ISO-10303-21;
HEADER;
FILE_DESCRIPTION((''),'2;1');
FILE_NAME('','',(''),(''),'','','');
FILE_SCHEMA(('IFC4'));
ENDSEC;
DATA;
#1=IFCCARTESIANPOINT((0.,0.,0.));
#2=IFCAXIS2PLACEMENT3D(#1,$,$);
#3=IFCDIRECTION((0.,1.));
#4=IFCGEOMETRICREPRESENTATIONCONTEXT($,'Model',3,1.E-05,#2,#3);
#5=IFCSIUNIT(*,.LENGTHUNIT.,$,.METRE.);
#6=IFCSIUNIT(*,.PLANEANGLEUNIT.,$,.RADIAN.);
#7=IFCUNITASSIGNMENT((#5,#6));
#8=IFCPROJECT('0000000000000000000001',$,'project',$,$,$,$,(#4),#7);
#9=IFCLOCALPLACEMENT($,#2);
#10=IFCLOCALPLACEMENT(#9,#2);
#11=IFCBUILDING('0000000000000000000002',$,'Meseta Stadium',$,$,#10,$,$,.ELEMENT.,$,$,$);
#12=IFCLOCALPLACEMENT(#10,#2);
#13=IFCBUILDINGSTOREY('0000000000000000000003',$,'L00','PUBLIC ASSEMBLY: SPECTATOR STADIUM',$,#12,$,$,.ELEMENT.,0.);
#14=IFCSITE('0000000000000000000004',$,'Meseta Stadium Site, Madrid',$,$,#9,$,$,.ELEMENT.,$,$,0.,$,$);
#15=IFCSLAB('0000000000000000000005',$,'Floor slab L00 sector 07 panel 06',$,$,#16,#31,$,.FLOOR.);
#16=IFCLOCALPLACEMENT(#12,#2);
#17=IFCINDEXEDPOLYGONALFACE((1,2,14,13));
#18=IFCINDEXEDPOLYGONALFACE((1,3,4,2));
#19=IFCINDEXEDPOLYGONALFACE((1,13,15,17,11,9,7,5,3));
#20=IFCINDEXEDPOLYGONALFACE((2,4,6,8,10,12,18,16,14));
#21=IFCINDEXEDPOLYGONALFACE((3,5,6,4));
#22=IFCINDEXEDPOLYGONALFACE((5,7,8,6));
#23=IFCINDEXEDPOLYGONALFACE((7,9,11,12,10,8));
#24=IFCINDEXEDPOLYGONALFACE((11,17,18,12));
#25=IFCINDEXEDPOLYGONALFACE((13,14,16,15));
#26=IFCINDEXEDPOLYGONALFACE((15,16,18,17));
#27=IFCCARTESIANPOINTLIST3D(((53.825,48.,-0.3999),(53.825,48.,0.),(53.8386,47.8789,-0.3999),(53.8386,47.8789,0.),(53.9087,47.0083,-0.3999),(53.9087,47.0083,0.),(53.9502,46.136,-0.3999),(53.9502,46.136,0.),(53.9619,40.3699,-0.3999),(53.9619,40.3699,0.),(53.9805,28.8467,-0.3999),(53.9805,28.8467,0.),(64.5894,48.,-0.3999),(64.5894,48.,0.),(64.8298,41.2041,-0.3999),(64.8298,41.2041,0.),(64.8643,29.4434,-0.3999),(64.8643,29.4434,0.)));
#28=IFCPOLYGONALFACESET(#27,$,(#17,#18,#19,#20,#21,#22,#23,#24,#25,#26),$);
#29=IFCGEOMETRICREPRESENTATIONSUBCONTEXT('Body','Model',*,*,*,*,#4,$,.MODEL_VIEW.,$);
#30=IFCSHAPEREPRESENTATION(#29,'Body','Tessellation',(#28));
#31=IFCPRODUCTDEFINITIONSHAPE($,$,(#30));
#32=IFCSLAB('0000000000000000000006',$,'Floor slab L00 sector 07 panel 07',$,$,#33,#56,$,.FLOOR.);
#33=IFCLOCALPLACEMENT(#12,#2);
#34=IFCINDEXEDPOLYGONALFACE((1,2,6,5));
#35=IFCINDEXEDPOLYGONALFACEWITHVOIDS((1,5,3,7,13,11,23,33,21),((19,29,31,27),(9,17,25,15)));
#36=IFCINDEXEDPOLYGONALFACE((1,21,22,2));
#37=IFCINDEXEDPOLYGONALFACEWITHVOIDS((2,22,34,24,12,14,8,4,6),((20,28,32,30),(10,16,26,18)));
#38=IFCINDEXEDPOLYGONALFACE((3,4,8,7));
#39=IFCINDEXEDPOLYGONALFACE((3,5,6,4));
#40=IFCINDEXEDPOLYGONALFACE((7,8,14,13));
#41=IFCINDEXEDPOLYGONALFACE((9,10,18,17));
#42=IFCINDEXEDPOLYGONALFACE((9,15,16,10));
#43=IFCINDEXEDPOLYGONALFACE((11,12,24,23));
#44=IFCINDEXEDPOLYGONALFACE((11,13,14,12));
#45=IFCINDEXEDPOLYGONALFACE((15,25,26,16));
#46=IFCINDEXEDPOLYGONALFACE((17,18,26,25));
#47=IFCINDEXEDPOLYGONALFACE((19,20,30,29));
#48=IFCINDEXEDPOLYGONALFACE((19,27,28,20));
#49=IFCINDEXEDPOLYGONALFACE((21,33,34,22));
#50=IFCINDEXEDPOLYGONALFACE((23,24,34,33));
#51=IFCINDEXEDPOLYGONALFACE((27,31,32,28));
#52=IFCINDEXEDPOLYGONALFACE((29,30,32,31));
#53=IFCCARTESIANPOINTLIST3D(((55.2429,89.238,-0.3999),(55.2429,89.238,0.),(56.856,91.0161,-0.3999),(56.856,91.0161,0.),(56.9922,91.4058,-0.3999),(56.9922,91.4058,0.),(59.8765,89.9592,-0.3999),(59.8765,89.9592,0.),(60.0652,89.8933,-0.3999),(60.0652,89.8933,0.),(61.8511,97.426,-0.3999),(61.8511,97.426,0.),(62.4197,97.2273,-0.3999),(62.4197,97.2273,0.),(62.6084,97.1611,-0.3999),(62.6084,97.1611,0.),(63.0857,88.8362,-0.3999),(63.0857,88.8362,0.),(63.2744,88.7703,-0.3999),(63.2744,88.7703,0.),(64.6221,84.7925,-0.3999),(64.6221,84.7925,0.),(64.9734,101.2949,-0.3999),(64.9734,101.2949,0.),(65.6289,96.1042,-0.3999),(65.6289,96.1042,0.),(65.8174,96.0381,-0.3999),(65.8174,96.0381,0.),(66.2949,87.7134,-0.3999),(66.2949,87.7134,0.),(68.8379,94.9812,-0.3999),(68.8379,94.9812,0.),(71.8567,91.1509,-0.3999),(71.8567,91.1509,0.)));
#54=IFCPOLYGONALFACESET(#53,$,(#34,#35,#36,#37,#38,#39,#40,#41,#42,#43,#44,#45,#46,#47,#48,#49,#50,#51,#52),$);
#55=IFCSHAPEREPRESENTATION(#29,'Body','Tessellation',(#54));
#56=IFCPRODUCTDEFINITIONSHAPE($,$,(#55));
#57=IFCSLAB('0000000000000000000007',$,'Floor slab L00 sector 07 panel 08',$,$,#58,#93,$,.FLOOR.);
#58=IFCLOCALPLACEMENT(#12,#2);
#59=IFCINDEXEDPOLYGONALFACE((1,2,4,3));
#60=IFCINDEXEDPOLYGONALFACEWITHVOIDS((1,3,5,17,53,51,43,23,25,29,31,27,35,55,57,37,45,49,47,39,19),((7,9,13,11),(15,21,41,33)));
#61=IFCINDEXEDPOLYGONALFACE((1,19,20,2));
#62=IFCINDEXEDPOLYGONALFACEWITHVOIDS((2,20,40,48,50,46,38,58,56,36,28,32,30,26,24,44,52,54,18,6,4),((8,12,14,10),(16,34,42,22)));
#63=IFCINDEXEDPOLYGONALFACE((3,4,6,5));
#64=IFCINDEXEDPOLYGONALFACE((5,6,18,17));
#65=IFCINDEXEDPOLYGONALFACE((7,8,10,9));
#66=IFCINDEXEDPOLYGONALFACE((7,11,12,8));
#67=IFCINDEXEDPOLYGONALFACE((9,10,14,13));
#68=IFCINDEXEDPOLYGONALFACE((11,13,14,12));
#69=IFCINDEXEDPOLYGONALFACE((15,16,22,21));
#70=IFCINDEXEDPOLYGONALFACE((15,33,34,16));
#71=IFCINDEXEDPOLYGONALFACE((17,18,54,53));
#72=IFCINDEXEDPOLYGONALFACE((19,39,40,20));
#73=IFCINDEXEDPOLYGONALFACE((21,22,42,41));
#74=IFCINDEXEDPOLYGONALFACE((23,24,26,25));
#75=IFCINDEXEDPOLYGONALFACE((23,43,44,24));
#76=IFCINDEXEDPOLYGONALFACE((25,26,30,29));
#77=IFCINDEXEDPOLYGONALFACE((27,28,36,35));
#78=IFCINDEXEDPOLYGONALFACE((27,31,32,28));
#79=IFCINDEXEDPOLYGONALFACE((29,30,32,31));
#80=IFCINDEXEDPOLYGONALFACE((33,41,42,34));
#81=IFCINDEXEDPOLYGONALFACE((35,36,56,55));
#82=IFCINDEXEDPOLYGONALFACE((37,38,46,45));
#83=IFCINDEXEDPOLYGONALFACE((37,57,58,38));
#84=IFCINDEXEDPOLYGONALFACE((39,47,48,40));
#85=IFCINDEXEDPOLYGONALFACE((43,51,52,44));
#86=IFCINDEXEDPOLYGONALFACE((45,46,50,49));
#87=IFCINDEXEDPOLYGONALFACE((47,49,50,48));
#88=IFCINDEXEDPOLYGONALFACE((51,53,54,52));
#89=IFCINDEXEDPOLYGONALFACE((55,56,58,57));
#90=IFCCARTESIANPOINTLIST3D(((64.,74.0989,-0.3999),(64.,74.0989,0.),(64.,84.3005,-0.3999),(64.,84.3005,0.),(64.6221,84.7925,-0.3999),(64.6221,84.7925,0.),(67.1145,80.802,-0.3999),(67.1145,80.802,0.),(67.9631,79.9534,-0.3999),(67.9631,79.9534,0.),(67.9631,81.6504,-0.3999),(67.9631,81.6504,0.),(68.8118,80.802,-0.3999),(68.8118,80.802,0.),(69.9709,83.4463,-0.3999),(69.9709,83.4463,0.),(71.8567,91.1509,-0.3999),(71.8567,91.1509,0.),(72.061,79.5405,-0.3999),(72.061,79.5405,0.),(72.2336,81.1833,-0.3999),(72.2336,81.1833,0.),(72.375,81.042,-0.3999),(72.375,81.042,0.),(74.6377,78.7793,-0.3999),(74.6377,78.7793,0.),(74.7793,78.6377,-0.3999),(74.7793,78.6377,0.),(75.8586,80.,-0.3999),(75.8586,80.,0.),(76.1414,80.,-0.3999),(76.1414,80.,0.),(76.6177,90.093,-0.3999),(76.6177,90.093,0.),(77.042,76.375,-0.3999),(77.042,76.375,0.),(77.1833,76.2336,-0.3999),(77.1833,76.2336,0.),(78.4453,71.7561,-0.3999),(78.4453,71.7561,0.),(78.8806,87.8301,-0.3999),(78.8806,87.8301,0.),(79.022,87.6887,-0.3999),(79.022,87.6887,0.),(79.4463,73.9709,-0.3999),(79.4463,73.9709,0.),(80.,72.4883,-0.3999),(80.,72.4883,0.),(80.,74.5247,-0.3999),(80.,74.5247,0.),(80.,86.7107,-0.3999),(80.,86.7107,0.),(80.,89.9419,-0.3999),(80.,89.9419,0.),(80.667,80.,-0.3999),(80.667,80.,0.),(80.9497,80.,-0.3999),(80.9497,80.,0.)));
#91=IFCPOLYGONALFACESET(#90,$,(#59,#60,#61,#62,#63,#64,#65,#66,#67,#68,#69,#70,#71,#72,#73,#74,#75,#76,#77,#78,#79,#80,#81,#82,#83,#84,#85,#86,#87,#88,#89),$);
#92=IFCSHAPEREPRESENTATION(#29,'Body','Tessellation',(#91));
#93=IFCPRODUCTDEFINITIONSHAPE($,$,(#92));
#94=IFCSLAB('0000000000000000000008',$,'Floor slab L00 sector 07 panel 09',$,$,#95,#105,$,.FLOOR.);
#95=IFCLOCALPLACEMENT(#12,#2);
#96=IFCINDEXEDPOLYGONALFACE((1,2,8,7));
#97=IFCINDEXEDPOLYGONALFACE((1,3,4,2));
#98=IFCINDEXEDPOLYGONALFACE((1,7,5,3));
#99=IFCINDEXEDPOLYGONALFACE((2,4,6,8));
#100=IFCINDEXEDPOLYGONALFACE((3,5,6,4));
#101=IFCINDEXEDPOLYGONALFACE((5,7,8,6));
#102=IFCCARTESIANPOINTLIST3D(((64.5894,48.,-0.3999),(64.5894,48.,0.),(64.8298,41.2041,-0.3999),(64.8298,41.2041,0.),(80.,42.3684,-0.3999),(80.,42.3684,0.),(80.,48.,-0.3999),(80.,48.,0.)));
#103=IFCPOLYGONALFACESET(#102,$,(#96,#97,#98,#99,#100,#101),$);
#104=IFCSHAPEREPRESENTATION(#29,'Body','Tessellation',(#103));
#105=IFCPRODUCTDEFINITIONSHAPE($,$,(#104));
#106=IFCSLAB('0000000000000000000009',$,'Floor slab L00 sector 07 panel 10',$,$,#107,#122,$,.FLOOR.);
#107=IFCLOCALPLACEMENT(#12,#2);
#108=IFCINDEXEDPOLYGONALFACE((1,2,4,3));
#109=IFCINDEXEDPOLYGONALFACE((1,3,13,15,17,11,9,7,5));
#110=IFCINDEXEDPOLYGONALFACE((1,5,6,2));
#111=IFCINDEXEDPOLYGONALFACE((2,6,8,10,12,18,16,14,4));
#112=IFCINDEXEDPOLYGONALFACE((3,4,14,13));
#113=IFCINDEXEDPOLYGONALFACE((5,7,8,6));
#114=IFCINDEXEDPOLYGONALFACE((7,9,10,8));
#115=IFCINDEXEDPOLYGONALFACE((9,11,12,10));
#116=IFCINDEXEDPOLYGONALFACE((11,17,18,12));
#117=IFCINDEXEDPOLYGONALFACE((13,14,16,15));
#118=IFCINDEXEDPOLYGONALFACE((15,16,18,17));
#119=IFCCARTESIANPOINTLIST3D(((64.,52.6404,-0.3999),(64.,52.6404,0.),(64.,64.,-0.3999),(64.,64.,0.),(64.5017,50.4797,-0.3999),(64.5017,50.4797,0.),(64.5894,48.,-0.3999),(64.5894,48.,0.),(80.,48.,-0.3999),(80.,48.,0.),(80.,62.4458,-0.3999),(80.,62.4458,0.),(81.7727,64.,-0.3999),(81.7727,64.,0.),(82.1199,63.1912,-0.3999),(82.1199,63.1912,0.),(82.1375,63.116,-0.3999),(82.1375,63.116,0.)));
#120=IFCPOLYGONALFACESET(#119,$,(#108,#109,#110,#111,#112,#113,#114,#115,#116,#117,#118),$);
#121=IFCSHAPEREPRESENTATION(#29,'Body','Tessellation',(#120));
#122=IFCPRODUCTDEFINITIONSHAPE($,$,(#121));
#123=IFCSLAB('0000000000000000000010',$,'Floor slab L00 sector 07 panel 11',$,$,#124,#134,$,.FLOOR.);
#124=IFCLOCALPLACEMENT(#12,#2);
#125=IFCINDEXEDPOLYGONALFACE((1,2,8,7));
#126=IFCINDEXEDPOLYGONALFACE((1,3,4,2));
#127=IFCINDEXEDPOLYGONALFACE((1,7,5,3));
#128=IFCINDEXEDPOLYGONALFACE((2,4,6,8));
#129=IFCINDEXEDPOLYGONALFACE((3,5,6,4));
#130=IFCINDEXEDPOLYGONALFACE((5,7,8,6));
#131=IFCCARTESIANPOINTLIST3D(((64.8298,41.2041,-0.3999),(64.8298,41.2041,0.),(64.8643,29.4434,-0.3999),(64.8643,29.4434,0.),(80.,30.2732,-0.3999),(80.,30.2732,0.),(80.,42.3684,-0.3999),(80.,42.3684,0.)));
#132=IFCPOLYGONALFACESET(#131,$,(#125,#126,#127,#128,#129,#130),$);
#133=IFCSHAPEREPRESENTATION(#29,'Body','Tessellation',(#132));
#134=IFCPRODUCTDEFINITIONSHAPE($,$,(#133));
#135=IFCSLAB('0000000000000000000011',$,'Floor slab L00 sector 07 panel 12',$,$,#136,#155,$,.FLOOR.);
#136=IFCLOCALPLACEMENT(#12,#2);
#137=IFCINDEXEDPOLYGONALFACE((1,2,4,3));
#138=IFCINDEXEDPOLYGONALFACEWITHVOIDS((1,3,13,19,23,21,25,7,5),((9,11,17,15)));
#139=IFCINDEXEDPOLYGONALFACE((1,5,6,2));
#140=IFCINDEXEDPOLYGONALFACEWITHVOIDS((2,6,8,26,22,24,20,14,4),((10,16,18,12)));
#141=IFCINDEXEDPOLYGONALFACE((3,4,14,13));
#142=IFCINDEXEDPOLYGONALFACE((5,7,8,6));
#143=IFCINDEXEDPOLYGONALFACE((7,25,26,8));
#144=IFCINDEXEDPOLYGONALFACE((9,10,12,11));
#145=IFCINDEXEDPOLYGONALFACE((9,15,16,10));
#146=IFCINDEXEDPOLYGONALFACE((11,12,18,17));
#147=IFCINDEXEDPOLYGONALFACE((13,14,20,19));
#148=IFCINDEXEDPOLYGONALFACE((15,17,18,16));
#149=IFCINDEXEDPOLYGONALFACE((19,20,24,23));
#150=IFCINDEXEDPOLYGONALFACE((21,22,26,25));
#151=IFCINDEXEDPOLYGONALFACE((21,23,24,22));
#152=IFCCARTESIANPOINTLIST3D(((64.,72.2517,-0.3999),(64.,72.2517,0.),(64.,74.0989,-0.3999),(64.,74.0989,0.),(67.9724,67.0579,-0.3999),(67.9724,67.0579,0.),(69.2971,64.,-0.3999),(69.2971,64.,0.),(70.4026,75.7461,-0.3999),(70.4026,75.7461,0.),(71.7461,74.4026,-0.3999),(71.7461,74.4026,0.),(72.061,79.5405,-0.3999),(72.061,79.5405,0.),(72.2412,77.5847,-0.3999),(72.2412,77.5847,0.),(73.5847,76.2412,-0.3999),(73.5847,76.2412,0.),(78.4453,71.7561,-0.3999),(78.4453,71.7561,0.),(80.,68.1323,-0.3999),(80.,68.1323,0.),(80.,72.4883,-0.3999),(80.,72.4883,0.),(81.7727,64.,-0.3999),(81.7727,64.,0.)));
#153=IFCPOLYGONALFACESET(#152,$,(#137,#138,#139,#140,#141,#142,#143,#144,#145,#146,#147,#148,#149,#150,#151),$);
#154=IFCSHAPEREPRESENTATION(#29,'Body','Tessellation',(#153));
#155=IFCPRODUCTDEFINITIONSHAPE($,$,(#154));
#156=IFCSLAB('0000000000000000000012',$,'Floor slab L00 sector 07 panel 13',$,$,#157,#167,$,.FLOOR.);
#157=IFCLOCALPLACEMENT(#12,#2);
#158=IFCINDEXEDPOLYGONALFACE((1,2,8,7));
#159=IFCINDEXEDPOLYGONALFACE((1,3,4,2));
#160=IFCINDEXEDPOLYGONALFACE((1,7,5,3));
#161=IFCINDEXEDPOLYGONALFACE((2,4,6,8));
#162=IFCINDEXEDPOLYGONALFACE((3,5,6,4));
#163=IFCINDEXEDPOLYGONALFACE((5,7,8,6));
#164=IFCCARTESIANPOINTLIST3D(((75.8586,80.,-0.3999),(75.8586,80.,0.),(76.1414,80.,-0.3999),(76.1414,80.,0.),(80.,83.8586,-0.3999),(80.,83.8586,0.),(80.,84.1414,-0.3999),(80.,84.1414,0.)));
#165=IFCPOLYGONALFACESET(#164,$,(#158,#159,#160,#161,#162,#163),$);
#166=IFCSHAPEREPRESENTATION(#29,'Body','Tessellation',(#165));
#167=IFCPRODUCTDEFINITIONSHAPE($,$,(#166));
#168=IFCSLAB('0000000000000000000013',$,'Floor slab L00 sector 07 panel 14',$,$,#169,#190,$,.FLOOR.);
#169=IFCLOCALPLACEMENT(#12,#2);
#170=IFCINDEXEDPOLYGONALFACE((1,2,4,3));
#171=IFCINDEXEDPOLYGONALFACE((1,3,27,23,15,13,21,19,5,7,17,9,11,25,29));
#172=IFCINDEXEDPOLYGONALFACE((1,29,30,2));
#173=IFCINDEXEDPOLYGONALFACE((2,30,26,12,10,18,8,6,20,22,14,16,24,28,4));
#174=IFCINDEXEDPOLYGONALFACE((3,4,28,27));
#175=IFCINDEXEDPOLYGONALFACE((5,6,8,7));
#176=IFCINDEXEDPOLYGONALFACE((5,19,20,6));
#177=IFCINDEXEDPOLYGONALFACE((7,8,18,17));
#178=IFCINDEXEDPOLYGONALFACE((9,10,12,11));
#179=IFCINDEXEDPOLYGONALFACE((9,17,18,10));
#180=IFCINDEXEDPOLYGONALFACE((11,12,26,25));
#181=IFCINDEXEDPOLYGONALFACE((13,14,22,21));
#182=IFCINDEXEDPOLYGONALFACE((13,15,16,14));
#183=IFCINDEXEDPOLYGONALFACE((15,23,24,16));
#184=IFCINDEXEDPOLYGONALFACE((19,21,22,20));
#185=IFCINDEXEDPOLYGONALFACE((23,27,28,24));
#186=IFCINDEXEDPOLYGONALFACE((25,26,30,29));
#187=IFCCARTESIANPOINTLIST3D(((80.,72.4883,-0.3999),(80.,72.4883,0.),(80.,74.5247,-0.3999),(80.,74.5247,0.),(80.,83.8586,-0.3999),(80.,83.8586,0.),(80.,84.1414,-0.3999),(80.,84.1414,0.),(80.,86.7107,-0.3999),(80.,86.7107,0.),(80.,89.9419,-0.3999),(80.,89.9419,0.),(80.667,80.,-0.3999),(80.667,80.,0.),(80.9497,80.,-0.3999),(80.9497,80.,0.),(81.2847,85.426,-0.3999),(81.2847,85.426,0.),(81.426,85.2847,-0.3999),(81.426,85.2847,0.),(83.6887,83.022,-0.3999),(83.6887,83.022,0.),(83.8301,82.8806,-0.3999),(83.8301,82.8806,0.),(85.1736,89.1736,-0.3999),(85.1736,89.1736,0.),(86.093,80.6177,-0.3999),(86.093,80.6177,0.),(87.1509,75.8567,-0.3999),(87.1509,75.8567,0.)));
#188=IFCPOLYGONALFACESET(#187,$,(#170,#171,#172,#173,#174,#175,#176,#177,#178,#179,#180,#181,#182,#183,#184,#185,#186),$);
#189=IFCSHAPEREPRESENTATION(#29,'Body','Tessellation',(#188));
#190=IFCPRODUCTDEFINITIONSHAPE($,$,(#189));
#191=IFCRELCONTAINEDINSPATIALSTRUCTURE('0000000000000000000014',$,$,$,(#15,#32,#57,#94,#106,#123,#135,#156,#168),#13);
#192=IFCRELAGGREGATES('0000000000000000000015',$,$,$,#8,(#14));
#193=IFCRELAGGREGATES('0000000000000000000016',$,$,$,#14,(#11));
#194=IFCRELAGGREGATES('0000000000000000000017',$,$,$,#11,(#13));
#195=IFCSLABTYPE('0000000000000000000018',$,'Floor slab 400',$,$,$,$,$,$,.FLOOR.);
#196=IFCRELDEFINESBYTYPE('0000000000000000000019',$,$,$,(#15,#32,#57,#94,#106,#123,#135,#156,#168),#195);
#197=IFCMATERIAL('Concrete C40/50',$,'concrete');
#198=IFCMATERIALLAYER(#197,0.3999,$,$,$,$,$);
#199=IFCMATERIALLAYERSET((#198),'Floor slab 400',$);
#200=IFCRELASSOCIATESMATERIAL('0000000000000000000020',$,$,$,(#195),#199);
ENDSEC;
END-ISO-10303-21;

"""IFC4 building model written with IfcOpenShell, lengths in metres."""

from ifc_helpers import new_model, si_unit, direction, frame, origin, place, context, subcontext, project, spatial, polyline, outline, extrude, material, layer, layer_set, type_object, element, save


model = new_model("IFC4")

# Units and contexts
model_context = context("Model", 3, precision=1e-05, world=origin(), true_north=direction((0.0, 1.0)))
body_context = subcontext(model_context, "Body", "Model", "MODEL_VIEW")
ifc_project = project(units=[si_unit("LENGTHUNIT", "METRE"), si_unit("PLANEANGLEUNIT", "RADIAN")], contexts=[model_context])

# Site, building, storey
site_placement = place(None, origin())
site = spatial("IfcSite", under=ifc_project, at=site_placement, Name="Meseta Stadium Site, Madrid", CompositionType="ELEMENT", RefElevation=0.0)
building_placement = place(site_placement, origin())
building = spatial("IfcBuilding", under=site, at=building_placement, Name="Meseta Stadium", CompositionType="ELEMENT")
storey_placement = place(building_placement, origin())
storey = spatial("IfcBuildingStorey", under=building, at=storey_placement, Name="L00", Description="PUBLIC ASSEMBLY: SPECTATOR STADIUM", CompositionType="ELEMENT", Elevation=0.0)

# Slabs
ifc_material = material(Name="Concrete C40/50", Category="concrete")
ifc_layer = layer(ifc_material, 0.3999)
ifc_layer_set = layer_set([ifc_layer], Name="Floor slab 400")
slab_type = type_object("IfcSlabType", Name="Floor slab 400", PredefinedType="FLOOR", material=ifc_layer_set)
slab_1_placement = place(storey_placement, frame((0.0, 0.0, -0.3999)))
element("IfcSlab", 1, at=slab_1_placement, inside=storey, type_object=slab_type, Name="Floor slab L00 sector 07 panel 06", PredefinedType="FLOOR", context=body_context, shape_type="SweptSolid", body=[
    extrude(outline(polyline([(53.825, 48.0), (53.8386, 47.8789), (53.9087, 47.0083), (53.9502, 46.136), (53.9619, 40.3699), (53.9805, 28.8467), (64.8643, 29.4434), (64.8298, 41.2041), (64.5894, 48.0), (53.825, 48.0)])), origin(), (0.0, 0.0, 1.0), 0.3999),
])
slab_2_placement = place(storey_placement, frame((0.0, 0.0, -0.3999)))
element("IfcSlab", 2, at=slab_2_placement, inside=storey, type_object=slab_type, Name="Floor slab L00 sector 07 panel 07", PredefinedType="FLOOR", context=body_context, shape_type="SweptSolid", body=[
    extrude(outline(polyline([(55.2429, 89.238), (64.6221, 84.7925), (71.8567, 91.1509), (64.9734, 101.2949), (61.8511, 97.426), (62.4197, 97.2273), (59.8765, 89.9592), (56.856, 91.0161), (56.9922, 91.4058), (55.2429, 89.238)]), holes=[polyline([(62.6084, 97.1611), (65.6289, 96.1042), (63.0857, 88.8362), (60.0652, 89.8933), (62.6084, 97.1611)]), polyline([(65.8174, 96.0381), (68.8379, 94.9812), (66.2949, 87.7134), (63.2744, 88.7703), (65.8174, 96.0381)])]), origin(), (0.0, 0.0, 1.0), 0.3999),
])
slab_3_placement = place(storey_placement, frame((0.0, 0.0, -0.3999)))
element("IfcSlab", 3, at=slab_3_placement, inside=storey, type_object=slab_type, Name="Floor slab L00 sector 07 panel 08", PredefinedType="FLOOR", context=body_context, shape_type="SweptSolid", body=[
    extrude(outline(polyline([(77.1833, 76.2336), (80.9497, 80.0), (80.667, 80.0), (77.042, 76.375), (74.7793, 78.6377), (76.1414, 80.0), (75.8586, 80.0), (74.6377, 78.7793), (72.375, 81.042), (79.022, 87.6887), (80.0, 86.7107), (80.0, 89.9419), (71.8567, 91.1509), (64.6221, 84.7925), (64.0, 84.3005), (64.0, 74.0989), (72.061, 79.5405), (78.4453, 71.7561), (80.0, 72.4883), (80.0, 74.5247), (79.4463, 73.9709), (77.1833, 76.2336)]), holes=[polyline([(67.9631, 81.6504), (68.8118, 80.802), (67.9631, 79.9534), (67.1145, 80.802), (67.9631, 81.6504)]), polyline([(78.8806, 87.8301), (72.2336, 81.1833), (69.9709, 83.4463), (76.6177, 90.093), (78.8806, 87.8301)])]), origin(), (0.0, 0.0, 1.0), 0.3999),
])
slab_4_placement = place(storey_placement, frame((0.0, 0.0, -0.3999)))
element("IfcSlab", 4, at=slab_4_placement, inside=storey, type_object=slab_type, Name="Floor slab L00 sector 07 panel 09", PredefinedType="FLOOR", context=body_context, shape_type="SweptSolid", body=[
    extrude(outline(polyline([(64.5894, 48.0), (64.8298, 41.2041), (80.0, 42.3684), (80.0, 48.0), (64.5894, 48.0)])), origin(), (0.0, 0.0, 1.0), 0.3999),
])
slab_5_placement = place(storey_placement, frame((0.0, 0.0, -0.3999)))
element("IfcSlab", 5, at=slab_5_placement, inside=storey, type_object=slab_type, Name="Floor slab L00 sector 07 panel 10", PredefinedType="FLOOR", context=body_context, shape_type="SweptSolid", body=[
    extrude(outline(polyline([(82.1375, 63.116), (82.1199, 63.1912), (81.7727, 64.0), (64.0, 64.0), (64.0, 52.6404), (64.5017, 50.4797), (64.5894, 48.0), (80.0, 48.0), (80.0, 62.4458), (82.1375, 63.116)])), origin(), (0.0, 0.0, 1.0), 0.3999),
])
slab_6_placement = place(storey_placement, frame((0.0, 0.0, -0.3999)))
element("IfcSlab", 6, at=slab_6_placement, inside=storey, type_object=slab_type, Name="Floor slab L00 sector 07 panel 11", PredefinedType="FLOOR", context=body_context, shape_type="SweptSolid", body=[
    extrude(outline(polyline([(80.0, 42.3684), (64.8298, 41.2041), (64.8643, 29.4434), (80.0, 30.2732), (80.0, 42.3684)])), origin(), (0.0, 0.0, 1.0), 0.3999),
])
slab_7_placement = place(storey_placement, frame((0.0, 0.0, -0.3999)))
element("IfcSlab", 7, at=slab_7_placement, inside=storey, type_object=slab_type, Name="Floor slab L00 sector 07 panel 12", PredefinedType="FLOOR", context=body_context, shape_type="SweptSolid", body=[
    extrude(outline(polyline([(80.0, 68.1323), (80.0, 72.4883), (78.4453, 71.7561), (72.061, 79.5405), (64.0, 74.0989), (64.0, 72.2517), (67.9724, 67.0579), (69.2971, 64.0), (81.7727, 64.0), (80.0, 68.1323)]), holes=[polyline([(71.7461, 74.4026), (70.4026, 75.7461), (72.2412, 77.5847), (73.5847, 76.2412), (71.7461, 74.4026)])]), origin(), (0.0, 0.0, 1.0), 0.3999),
])
slab_8_placement = place(storey_placement, frame((0.0, 0.0, -0.3999)))
element("IfcSlab", 8, at=slab_8_placement, inside=storey, type_object=slab_type, Name="Floor slab L00 sector 07 panel 13", PredefinedType="FLOOR", context=body_context, shape_type="SweptSolid", body=[
    extrude(outline(polyline([(75.8586, 80.0), (76.1414, 80.0), (80.0, 83.8586), (80.0, 84.1414), (75.8586, 80.0)])), origin(), (0.0, 0.0, 1.0), 0.3999),
])
slab_9_placement = place(storey_placement, frame((0.0, 0.0, -0.3999)))
element("IfcSlab", 9, at=slab_9_placement, inside=storey, type_object=slab_type, Name="Floor slab L00 sector 07 panel 14", PredefinedType="FLOOR", context=body_context, shape_type="SweptSolid", body=[
    extrude(outline(polyline([(86.093, 80.6177), (80.0, 74.5247), (80.0, 72.4883), (87.1509, 75.8567), (85.1736, 89.1736), (80.0, 89.9419), (80.0, 86.7107), (81.2847, 85.426), (80.0, 84.1414), (80.0, 83.8586), (81.426, 85.2847), (83.6887, 83.022), (80.667, 80.0), (80.9497, 80.0), (83.8301, 82.8806), (86.093, 80.6177)])), origin(), (0.0, 0.0, 1.0), 0.3999),
])

save(model, "model.ifc")
